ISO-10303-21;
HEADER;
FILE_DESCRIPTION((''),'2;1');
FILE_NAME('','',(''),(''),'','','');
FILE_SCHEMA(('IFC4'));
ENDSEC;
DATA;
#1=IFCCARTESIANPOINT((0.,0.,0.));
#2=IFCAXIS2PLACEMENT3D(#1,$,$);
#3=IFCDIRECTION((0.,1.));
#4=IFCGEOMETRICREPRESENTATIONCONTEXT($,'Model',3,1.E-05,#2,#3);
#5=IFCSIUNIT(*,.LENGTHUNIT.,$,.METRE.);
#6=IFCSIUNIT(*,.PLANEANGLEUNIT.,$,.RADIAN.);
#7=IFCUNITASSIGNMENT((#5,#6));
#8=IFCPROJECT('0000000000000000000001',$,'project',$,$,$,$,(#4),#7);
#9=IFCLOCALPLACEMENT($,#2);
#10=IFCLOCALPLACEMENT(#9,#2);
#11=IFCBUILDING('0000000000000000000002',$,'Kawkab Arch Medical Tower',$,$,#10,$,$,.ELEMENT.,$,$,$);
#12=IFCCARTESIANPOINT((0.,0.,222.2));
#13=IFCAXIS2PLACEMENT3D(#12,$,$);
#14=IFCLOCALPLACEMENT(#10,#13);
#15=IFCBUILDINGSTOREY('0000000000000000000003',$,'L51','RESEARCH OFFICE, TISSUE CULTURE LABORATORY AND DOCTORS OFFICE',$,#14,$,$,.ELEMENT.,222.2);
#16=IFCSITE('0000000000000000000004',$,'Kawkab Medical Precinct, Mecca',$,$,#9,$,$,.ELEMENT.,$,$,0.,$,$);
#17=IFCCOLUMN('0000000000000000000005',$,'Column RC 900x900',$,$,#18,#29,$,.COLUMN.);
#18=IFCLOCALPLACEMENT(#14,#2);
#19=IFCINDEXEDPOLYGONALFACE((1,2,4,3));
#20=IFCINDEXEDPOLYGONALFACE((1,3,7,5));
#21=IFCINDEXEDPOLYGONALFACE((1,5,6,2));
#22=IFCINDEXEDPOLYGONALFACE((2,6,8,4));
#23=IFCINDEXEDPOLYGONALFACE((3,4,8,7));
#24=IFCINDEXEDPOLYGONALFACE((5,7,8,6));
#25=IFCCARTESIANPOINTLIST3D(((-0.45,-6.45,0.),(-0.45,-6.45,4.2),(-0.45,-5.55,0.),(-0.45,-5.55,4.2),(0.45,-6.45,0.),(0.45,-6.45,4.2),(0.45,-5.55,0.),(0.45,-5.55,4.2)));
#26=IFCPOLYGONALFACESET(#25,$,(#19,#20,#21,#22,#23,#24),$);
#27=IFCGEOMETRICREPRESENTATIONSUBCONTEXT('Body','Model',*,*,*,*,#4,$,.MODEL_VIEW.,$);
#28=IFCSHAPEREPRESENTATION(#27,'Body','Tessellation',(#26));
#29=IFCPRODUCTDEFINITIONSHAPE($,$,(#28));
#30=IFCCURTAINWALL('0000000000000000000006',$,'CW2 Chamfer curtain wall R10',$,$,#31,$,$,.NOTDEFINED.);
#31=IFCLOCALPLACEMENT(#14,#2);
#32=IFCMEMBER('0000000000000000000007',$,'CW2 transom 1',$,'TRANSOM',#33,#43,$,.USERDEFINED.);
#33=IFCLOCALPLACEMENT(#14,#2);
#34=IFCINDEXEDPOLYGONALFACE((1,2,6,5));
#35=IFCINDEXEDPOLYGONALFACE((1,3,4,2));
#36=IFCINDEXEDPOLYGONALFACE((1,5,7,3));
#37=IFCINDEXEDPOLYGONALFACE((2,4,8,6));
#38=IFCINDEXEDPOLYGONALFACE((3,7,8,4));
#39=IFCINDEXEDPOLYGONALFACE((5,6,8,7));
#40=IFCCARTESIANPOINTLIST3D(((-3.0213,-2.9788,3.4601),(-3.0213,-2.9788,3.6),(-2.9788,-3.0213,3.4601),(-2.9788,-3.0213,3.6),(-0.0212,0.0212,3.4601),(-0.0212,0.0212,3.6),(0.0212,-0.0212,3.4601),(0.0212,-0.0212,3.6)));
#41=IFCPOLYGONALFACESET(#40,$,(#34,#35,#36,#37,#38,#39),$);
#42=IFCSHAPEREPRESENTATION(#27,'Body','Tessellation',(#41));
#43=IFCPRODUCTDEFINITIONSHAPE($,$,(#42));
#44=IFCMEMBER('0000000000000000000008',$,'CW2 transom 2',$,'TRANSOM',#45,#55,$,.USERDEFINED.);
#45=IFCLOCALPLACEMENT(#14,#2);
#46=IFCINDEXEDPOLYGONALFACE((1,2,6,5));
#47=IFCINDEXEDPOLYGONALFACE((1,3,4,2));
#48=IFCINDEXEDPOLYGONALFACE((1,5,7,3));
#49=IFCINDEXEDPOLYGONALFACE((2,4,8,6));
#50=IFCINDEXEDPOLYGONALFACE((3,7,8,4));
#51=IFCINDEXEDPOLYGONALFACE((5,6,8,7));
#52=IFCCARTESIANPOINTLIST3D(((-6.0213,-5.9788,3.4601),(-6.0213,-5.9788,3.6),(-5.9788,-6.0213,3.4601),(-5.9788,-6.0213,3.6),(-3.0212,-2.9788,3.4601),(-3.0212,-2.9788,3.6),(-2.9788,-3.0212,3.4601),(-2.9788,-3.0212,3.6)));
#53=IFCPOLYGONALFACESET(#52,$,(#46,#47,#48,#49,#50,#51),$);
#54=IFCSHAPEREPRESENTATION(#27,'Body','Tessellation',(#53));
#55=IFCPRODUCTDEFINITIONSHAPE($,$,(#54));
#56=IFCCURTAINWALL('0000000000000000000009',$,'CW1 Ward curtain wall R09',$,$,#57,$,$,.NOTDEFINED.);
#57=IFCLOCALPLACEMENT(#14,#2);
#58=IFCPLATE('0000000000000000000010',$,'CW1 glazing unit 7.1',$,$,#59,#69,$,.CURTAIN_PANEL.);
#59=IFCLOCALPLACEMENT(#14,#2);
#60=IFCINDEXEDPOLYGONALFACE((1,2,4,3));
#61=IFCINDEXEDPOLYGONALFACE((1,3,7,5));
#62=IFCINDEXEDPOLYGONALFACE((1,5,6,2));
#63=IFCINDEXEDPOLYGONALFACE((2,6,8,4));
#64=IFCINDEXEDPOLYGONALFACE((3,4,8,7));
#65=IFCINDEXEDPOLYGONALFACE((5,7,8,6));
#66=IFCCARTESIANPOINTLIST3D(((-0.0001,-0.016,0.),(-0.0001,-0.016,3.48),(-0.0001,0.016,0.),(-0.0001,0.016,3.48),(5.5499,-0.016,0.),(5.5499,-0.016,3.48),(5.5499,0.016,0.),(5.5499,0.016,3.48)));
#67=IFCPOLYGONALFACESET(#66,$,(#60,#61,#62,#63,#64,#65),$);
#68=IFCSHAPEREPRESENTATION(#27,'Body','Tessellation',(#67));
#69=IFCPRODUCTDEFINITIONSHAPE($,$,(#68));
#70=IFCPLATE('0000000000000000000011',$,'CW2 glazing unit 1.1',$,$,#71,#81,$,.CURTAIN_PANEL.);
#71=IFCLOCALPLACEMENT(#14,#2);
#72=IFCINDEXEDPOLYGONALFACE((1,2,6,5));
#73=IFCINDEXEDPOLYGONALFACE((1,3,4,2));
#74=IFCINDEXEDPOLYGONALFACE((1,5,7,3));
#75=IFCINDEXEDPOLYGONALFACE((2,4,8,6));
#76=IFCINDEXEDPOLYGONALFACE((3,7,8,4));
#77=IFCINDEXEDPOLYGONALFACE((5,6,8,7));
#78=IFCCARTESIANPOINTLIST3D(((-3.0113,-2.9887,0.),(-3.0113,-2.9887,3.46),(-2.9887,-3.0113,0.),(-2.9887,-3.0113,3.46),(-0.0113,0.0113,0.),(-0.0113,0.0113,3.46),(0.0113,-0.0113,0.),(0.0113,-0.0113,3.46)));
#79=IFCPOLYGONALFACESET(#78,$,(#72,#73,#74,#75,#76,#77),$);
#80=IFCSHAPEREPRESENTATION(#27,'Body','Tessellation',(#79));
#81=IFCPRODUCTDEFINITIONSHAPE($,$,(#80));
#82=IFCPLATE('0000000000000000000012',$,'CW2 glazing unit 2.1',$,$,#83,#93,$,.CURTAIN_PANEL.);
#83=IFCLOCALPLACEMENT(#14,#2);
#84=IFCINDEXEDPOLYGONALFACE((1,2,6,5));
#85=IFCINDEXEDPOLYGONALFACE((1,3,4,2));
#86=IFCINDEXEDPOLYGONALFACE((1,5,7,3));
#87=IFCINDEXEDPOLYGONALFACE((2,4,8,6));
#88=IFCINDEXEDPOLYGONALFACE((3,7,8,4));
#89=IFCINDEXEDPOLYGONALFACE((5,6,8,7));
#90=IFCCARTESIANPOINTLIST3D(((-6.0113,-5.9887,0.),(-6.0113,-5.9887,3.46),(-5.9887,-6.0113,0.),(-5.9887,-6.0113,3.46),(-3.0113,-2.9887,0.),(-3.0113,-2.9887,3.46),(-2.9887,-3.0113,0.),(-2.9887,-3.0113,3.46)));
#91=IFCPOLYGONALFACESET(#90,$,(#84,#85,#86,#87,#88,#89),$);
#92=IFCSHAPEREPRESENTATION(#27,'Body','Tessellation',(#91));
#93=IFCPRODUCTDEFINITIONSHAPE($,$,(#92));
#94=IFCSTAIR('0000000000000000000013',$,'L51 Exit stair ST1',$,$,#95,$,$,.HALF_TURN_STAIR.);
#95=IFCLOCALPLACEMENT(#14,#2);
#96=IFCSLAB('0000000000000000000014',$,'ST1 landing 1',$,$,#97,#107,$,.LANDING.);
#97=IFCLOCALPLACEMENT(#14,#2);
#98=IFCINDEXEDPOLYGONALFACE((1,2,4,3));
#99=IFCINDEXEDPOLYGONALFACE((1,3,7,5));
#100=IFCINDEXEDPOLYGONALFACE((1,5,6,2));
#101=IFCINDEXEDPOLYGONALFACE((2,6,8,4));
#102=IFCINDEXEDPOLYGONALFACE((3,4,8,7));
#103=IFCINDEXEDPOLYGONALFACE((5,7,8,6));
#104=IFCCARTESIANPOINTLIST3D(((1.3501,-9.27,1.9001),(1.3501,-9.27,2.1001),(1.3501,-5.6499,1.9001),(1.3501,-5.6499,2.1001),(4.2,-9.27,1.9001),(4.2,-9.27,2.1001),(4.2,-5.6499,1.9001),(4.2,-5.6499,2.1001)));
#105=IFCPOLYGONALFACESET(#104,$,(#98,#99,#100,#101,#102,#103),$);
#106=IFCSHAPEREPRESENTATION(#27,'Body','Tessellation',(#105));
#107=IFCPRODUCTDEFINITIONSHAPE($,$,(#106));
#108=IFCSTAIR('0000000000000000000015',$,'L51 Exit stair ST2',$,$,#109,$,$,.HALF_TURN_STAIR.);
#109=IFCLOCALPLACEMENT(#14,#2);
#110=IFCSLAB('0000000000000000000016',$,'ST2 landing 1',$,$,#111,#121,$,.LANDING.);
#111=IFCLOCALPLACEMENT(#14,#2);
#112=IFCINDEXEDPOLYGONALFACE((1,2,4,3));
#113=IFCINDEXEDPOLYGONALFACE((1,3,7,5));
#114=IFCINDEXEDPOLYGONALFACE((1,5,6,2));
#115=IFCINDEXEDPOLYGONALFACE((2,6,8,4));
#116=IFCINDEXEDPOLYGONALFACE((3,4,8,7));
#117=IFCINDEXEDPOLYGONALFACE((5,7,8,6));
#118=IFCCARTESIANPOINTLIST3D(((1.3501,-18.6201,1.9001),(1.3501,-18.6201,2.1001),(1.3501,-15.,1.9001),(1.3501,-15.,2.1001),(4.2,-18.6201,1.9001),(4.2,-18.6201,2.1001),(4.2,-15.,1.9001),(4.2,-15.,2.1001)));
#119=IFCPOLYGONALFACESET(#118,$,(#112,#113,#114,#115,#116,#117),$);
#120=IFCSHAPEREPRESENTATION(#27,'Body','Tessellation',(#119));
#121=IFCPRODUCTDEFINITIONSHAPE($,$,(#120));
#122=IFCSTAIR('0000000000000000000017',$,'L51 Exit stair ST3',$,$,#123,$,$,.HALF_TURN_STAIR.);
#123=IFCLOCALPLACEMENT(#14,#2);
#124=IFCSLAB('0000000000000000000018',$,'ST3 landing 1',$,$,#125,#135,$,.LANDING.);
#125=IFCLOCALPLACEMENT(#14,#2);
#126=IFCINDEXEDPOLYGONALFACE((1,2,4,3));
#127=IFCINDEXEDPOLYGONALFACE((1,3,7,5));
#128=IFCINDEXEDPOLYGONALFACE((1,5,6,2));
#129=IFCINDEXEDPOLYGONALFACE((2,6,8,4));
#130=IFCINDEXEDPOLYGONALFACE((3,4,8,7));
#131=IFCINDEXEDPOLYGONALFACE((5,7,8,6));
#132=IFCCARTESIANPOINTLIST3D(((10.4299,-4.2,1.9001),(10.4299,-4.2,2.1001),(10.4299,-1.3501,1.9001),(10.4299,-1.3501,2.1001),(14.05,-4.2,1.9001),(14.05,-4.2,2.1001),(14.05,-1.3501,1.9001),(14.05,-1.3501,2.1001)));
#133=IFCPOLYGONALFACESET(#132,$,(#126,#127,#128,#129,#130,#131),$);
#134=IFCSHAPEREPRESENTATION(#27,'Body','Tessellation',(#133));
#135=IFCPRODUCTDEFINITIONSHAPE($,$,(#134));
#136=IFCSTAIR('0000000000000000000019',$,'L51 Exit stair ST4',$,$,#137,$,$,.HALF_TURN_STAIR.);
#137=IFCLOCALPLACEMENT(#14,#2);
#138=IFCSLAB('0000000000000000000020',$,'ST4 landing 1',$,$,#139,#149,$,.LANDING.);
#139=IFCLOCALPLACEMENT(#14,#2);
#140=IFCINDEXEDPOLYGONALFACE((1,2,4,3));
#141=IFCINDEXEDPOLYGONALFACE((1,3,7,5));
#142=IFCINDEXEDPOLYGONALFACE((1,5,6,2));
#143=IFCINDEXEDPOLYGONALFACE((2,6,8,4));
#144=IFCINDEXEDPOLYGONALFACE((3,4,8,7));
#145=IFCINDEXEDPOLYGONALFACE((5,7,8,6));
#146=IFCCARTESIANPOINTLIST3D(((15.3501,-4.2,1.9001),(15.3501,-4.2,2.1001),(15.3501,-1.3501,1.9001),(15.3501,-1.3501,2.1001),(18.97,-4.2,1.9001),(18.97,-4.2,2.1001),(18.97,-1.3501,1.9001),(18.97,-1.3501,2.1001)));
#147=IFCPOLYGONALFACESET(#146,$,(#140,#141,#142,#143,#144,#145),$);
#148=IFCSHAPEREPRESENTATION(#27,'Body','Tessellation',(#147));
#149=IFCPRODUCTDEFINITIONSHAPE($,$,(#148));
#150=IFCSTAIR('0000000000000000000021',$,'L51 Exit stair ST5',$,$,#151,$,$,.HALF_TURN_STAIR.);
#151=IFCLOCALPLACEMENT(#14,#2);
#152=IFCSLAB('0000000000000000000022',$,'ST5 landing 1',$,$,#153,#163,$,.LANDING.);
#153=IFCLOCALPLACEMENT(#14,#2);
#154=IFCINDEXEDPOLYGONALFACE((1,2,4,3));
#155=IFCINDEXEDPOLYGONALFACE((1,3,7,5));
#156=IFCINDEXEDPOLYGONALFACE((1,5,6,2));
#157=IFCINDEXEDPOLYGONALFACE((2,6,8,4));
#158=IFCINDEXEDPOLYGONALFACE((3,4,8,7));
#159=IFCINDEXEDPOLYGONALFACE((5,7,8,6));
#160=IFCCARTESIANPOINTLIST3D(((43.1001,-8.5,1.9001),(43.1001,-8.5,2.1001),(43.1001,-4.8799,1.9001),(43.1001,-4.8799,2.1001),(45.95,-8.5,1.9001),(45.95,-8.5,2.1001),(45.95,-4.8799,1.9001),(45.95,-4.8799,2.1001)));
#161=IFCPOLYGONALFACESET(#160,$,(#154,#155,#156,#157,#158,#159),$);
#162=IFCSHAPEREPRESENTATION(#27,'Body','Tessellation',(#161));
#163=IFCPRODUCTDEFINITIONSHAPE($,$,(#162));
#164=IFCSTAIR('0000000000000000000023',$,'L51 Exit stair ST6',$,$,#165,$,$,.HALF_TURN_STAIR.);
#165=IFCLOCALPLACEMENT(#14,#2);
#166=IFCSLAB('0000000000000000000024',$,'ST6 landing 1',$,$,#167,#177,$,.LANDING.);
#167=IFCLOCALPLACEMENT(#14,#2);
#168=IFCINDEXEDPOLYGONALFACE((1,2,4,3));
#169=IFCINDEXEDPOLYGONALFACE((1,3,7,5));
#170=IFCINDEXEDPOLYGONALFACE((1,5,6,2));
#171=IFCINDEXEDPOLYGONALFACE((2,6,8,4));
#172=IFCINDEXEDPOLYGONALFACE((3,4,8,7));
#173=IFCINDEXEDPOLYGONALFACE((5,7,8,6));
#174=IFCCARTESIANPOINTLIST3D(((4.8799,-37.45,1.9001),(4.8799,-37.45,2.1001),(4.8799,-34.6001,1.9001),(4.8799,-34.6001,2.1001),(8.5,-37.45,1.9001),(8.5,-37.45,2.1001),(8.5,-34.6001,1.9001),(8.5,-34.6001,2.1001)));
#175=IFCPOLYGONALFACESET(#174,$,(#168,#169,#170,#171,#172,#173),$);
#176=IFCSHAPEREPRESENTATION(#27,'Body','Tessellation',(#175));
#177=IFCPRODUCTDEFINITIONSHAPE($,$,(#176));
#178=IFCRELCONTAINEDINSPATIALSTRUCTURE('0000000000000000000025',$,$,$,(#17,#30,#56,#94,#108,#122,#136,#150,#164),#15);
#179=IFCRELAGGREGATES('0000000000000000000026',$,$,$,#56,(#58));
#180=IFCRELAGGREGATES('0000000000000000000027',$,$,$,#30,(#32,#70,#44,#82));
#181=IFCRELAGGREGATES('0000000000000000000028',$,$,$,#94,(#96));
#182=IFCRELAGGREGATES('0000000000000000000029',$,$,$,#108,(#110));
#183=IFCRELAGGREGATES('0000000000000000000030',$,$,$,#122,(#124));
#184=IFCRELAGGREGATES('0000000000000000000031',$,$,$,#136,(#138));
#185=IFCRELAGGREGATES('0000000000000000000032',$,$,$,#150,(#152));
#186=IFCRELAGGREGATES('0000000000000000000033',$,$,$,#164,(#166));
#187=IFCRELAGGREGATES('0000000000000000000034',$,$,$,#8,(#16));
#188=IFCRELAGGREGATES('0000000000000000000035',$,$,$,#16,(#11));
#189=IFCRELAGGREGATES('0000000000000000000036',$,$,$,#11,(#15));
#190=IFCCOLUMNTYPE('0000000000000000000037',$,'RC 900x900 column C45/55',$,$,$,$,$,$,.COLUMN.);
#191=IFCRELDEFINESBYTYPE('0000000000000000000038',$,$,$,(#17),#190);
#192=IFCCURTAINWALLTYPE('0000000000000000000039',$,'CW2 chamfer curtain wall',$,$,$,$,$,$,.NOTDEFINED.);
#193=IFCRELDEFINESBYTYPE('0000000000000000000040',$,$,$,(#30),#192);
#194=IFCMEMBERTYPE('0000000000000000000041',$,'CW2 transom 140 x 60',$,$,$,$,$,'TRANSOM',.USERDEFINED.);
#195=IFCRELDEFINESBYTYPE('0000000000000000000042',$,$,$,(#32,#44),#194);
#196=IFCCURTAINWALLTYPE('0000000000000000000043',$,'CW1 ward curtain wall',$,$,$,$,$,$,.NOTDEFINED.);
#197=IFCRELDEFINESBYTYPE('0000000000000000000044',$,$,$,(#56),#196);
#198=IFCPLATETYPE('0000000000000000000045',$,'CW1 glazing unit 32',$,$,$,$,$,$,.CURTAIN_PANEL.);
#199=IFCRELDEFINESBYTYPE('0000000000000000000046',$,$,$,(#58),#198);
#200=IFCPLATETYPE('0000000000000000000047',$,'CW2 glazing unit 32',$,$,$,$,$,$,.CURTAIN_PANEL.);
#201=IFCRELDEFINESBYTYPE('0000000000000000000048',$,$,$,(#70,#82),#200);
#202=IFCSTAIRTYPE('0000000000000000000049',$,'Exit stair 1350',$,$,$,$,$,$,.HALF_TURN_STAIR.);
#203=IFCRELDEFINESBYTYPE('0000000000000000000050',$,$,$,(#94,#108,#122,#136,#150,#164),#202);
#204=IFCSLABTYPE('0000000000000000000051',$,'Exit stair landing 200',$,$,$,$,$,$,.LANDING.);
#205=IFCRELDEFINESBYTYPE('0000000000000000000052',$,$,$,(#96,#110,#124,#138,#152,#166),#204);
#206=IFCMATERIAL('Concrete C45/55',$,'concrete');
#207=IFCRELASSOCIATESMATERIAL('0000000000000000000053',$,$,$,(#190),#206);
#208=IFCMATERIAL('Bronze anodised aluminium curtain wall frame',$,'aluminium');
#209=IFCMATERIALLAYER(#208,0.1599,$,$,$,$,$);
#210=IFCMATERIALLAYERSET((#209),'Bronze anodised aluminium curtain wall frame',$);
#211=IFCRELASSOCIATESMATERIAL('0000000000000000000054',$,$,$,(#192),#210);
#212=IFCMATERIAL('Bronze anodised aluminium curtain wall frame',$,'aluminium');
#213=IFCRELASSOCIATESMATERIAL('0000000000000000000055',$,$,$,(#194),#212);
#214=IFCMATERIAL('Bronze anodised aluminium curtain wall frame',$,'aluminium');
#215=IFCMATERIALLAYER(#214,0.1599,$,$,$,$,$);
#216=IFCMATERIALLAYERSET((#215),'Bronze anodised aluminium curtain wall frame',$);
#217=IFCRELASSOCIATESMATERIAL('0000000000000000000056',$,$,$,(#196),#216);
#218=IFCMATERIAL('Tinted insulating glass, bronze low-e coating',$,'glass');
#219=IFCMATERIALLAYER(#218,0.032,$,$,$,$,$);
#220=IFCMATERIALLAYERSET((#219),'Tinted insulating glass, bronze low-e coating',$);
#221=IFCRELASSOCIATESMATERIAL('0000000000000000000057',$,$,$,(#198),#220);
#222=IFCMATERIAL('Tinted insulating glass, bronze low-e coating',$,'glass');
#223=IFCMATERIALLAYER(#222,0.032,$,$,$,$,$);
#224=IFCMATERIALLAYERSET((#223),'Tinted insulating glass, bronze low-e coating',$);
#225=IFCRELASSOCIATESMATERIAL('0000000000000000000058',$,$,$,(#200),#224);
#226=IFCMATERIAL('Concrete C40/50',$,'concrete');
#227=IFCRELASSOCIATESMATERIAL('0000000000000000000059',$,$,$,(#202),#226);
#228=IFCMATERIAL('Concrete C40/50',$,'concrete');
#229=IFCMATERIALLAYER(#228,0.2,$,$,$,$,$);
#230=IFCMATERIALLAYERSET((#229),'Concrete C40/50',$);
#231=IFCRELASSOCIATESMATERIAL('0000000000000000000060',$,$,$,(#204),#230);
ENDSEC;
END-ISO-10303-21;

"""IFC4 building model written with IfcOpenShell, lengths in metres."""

from ifc_helpers import new_model, si_unit, direction, frame, origin, origin_2d, place, context, subcontext, project, spatial, polyline, rectangle, outline, extrude, material, layer, layer_set, material_profile, profile_set, type_object, element, aggregate, save


model = new_model("IFC4")

# Units and contexts
model_context = context("Model", 3, precision=1e-05, world=origin(), true_north=direction((0.0, 1.0)))
body_context = subcontext(model_context, "Body", "Model", "MODEL_VIEW")
ifc_project = project(units=[si_unit("LENGTHUNIT", "METRE"), si_unit("PLANEANGLEUNIT", "RADIAN")], contexts=[model_context])

# Site, building, storey
site_placement = place(None, origin())
site = spatial("IfcSite", under=ifc_project, at=site_placement, Name="Kawkab Medical Precinct, Mecca", CompositionType="ELEMENT", RefElevation=0.0)
building_placement = place(site_placement, origin())
building = spatial("IfcBuilding", under=site, at=building_placement, Name="Kawkab Arch Medical Tower", CompositionType="ELEMENT")
storey_placement = place(building_placement, frame((0.0, 0.0, 222.2)))
storey = spatial("IfcBuildingStorey", under=building, at=storey_placement, Name="L51", Description="RESEARCH OFFICE, TISSUE CULTURE LABORATORY AND DOCTORS OFFICE", CompositionType="ELEMENT", Elevation=222.2)

# Column
ifc_material_1 = material(Name="Concrete C45/55", Category="concrete")
ifc_material_profile_1 = material_profile(ifc_material_1, rectangle(XDim=0.8999, YDim=0.8999, at=origin_2d()), Name="RC 900x900")
ifc_profile_set_1 = profile_set([ifc_material_profile_1], Name="Concrete C45/55")
column_type = type_object("IfcColumnType", Name="RC 900x900 column C45/55", PredefinedType="COLUMN", material=ifc_profile_set_1)
column_placement = place(storey_placement, frame((0.0, -6.0, 0.0), z_axis=(0.0, 0.0, 1.0), x_axis=(1.0, 0.0, 0.0)))
element("IfcColumn", 1, at=column_placement, inside=storey, type_object=column_type, Name="Column RC 900x900", PredefinedType="COLUMN", context=body_context, shape_type="SweptSolid", body=[
    extrude(rectangle(XDim=0.8999, YDim=0.8999, at=origin_2d()), origin(), (0.0, 0.0, 1.0), 4.2),
])

# Curtain wall, members
ifc_material_2 = material(Name="Bronze anodised aluminium curtain wall frame", Category="aluminium")
ifc_layer_1 = layer(ifc_material_2, 0.1599)
ifc_layer_set_1 = layer_set([ifc_layer_1], Name="Bronze anodised aluminium curtain wall frame")
curtain_wall_type_1 = type_object("IfcCurtainWallType", Name="CW2 chamfer curtain wall", PredefinedType="NOTDEFINED", material=ifc_layer_set_1)
placement_1 = place(storey_placement, origin())
curtain_wall_1 = element("IfcCurtainWall", 2, at=placement_1, inside=storey, type_object=curtain_wall_type_1, Name="CW2 Chamfer curtain wall R10", PredefinedType="NOTDEFINED")
ifc_material_3 = material(Name="Bronze anodised aluminium curtain wall frame", Category="aluminium")
ifc_material_profile_2 = material_profile(ifc_material_3, rectangle(XDim=0.0601, YDim=0.1399, at=origin_2d()), Name="AL 60x140")
ifc_profile_set_2 = profile_set([ifc_material_profile_2], Name="Bronze anodised aluminium curtain wall frame")
member_type = type_object("IfcMemberType", Name="CW2 transom 140 x 60", ElementType="TRANSOM", PredefinedType="USERDEFINED", material=ifc_profile_set_2)
member_1_placement = place(storey_placement, frame((0.0, 0.0, 3.53), z_axis=(-0.707107, -0.707107, 0.0), x_axis=(0.707107, -0.707107, 0.0)))
member_1 = element("IfcMember", 3, at=member_1_placement, type_object=member_type, Name="CW2 transom 1", ObjectType="TRANSOM", PredefinedType="USERDEFINED", context=body_context, shape_type="SweptSolid", body=[
    extrude(rectangle(XDim=0.0601, YDim=0.1399, at=origin_2d()), origin(), (0.0, 0.0, 1.0), 4.2427),
])
member_2_placement = place(storey_placement, frame((-3.0, -3.0, 3.53), z_axis=(-0.707107, -0.707107, 0.0), x_axis=(0.707107, -0.707107, 0.0)))
member_2 = element("IfcMember", 4, at=member_2_placement, type_object=member_type, Name="CW2 transom 2", ObjectType="TRANSOM", PredefinedType="USERDEFINED", context=body_context, shape_type="SweptSolid", body=[
    extrude(rectangle(XDim=0.0601, YDim=0.1399, at=origin_2d()), origin(), (0.0, 0.0, 1.0), 4.2427),
])

# Curtain wall, plate
ifc_material_4 = material(Name="Bronze anodised aluminium curtain wall frame", Category="aluminium")
ifc_layer_2 = layer(ifc_material_4, 0.1599)
ifc_layer_set_2 = layer_set([ifc_layer_2], Name="Bronze anodised aluminium curtain wall frame")
curtain_wall_type_2 = type_object("IfcCurtainWallType", Name="CW1 ward curtain wall", PredefinedType="NOTDEFINED", material=ifc_layer_set_2)
curtain_wall_2 = element("IfcCurtainWall", 5, at=placement_1, inside=storey, type_object=curtain_wall_type_2, Name="CW1 Ward curtain wall R09", PredefinedType="NOTDEFINED")
ifc_material_5 = material(Name="Tinted insulating glass, bronze low-e coating", Category="glass")
ifc_layer_3 = layer(ifc_material_5, 0.032)
ifc_layer_set_3 = layer_set([ifc_layer_3], Name="Tinted insulating glass, bronze low-e coating")
plate_type_1 = type_object("IfcPlateType", Name="CW1 glazing unit 32", PredefinedType="CURTAIN_PANEL", material=ifc_layer_set_3)
plate_1_placement = place(storey_placement, frame((2.7749, 0.0, 0.0), z_axis=(0.0, 0.0, 1.0), x_axis=(-1.0, 0.0, 0.0)))
plate_1 = element("IfcPlate", 6, at=plate_1_placement, type_object=plate_type_1, Name="CW1 glazing unit 7.1", PredefinedType="CURTAIN_PANEL", context=body_context, shape_type="SweptSolid", body=[
    extrude(rectangle(XDim=5.55, YDim=0.032, at=origin_2d()), origin(), (0.0, 0.0, 1.0), 3.48),
])
aggregate(curtain_wall_2, [plate_1])

# Plates
ifc_material_6 = material(Name="Tinted insulating glass, bronze low-e coating", Category="glass")
ifc_layer_4 = layer(ifc_material_6, 0.032)
ifc_layer_set_4 = layer_set([ifc_layer_4], Name="Tinted insulating glass, bronze low-e coating")
plate_type_2 = type_object("IfcPlateType", Name="CW2 glazing unit 32", PredefinedType="CURTAIN_PANEL", material=ifc_layer_set_4)
plate_2_placement = place(storey_placement, frame((-1.5, -1.5, 0.0), z_axis=(0.0, 0.0, 1.0), x_axis=(-0.707107, -0.707107, 0.0)))
plate_2 = element("IfcPlate", 7, at=plate_2_placement, type_object=plate_type_2, Name="CW2 glazing unit 1.1", PredefinedType="CURTAIN_PANEL", context=body_context, shape_type="SweptSolid", body=[
    extrude(rectangle(XDim=4.2427, YDim=0.032, at=origin_2d()), origin(), (0.0, 0.0, 1.0), 3.46),
])
plate_3_placement = place(storey_placement, frame((-4.5, -4.5, 0.0), z_axis=(0.0, 0.0, 1.0), x_axis=(-0.707107, -0.707107, 0.0)))
plate_3 = element("IfcPlate", 8, at=plate_3_placement, type_object=plate_type_2, Name="CW2 glazing unit 2.1", PredefinedType="CURTAIN_PANEL", context=body_context, shape_type="SweptSolid", body=[
    extrude(rectangle(XDim=4.2427, YDim=0.032, at=origin_2d()), origin(), (0.0, 0.0, 1.0), 3.46),
])
aggregate(curtain_wall_1, [member_1, plate_2, member_2, plate_3])

# Stairs, slabs
ifc_material_7 = material(Name="Concrete C40/50", Category="concrete")
stair_type = type_object("IfcStairType", Name="Exit stair 1350", PredefinedType="HALF_TURN_STAIR", material=ifc_material_7)
stair_1 = element("IfcStair", 9, at=placement_1, inside=storey, type_object=stair_type, Name="L51 Exit stair ST1", PredefinedType="HALF_TURN_STAIR")
ifc_material_8 = material(Name="Concrete C40/50", Category="concrete")
ifc_layer_5 = layer(ifc_material_8, 0.2)
ifc_layer_set_5 = layer_set([ifc_layer_5], Name="Concrete C40/50")
slab_type_1 = type_object("IfcSlabType", Name="Exit stair landing 200", PredefinedType="LANDING", material=ifc_layer_set_5)
placement_2 = place(storey_placement, frame((0.0, 0.0, 1.9001)))
slab_1 = element("IfcSlab", 10, at=placement_2, type_object=slab_type_1, Name="ST1 landing 1", PredefinedType="LANDING", context=body_context, shape_type="SweptSolid", body=[
    extrude(outline(polyline([(4.2, -9.27), (4.2, -5.6499), (1.3501, -5.6499), (1.3501, -9.27), (4.2, -9.27)])), origin(), (0.0, 0.0, 1.0), 0.2),
])
aggregate(stair_1, [slab_1])
stair_2 = element("IfcStair", 11, at=placement_1, inside=storey, type_object=stair_type, Name="L51 Exit stair ST2", PredefinedType="HALF_TURN_STAIR")
slab_2 = element("IfcSlab", 12, at=placement_2, type_object=slab_type_1, Name="ST2 landing 1", PredefinedType="LANDING", context=body_context, shape_type="SweptSolid", body=[
    extrude(outline(polyline([(4.2, -18.6201), (4.2, -15.0), (1.3501, -15.0), (1.3501, -18.6201), (4.2, -18.6201)])), origin(), (0.0, 0.0, 1.0), 0.2),
])
aggregate(stair_2, [slab_2])
stair_3 = element("IfcStair", 13, at=placement_1, inside=storey, type_object=stair_type, Name="L51 Exit stair ST3", PredefinedType="HALF_TURN_STAIR")
slab_3 = element("IfcSlab", 14, at=placement_2, type_object=slab_type_1, Name="ST3 landing 1", PredefinedType="LANDING", context=body_context, shape_type="SweptSolid", body=[
    extrude(outline(polyline([(10.4299, -4.2), (14.05, -4.2), (14.05, -1.3501), (10.4299, -1.3501), (10.4299, -4.2)])), origin(), (0.0, 0.0, 1.0), 0.2),
])
aggregate(stair_3, [slab_3])
stair_4 = element("IfcStair", 15, at=placement_1, inside=storey, type_object=stair_type, Name="L51 Exit stair ST4", PredefinedType="HALF_TURN_STAIR")
slab_4 = element("IfcSlab", 16, at=placement_2, type_object=slab_type_1, Name="ST4 landing 1", PredefinedType="LANDING", context=body_context, shape_type="SweptSolid", body=[
    extrude(outline(polyline([(18.97, -1.3501), (15.3501, -1.3501), (15.3501, -4.2), (18.97, -4.2), (18.97, -1.3501)])), origin(), (0.0, 0.0, 1.0), 0.2),
])
aggregate(stair_4, [slab_4])
stair_5 = element("IfcStair", 17, at=placement_1, inside=storey, type_object=stair_type, Name="L51 Exit stair ST5", PredefinedType="HALF_TURN_STAIR")
slab_5 = element("IfcSlab", 18, at=placement_2, type_object=slab_type_1, Name="ST5 landing 1", PredefinedType="LANDING", context=body_context, shape_type="SweptSolid", body=[
    extrude(outline(polyline([(43.1001, -4.8799), (43.1001, -8.5), (45.95, -8.5), (45.95, -4.8799), (43.1001, -4.8799)])), origin(), (0.0, 0.0, 1.0), 0.2),
])
aggregate(stair_5, [slab_5])
stair_6 = element("IfcStair", 19, at=placement_1, inside=storey, type_object=stair_type, Name="L51 Exit stair ST6", PredefinedType="HALF_TURN_STAIR")
slab_6 = element("IfcSlab", 20, at=placement_2, type_object=slab_type_1, Name="ST6 landing 1", PredefinedType="LANDING", context=body_context, shape_type="SweptSolid", body=[
    extrude(outline(polyline([(4.8799, -37.45), (8.5, -37.45), (8.5, -34.6001), (4.8799, -34.6001), (4.8799, -37.45)])), origin(), (0.0, 0.0, 1.0), 0.2),
])
aggregate(stair_6, [slab_6])

save(model, "model.ifc")
